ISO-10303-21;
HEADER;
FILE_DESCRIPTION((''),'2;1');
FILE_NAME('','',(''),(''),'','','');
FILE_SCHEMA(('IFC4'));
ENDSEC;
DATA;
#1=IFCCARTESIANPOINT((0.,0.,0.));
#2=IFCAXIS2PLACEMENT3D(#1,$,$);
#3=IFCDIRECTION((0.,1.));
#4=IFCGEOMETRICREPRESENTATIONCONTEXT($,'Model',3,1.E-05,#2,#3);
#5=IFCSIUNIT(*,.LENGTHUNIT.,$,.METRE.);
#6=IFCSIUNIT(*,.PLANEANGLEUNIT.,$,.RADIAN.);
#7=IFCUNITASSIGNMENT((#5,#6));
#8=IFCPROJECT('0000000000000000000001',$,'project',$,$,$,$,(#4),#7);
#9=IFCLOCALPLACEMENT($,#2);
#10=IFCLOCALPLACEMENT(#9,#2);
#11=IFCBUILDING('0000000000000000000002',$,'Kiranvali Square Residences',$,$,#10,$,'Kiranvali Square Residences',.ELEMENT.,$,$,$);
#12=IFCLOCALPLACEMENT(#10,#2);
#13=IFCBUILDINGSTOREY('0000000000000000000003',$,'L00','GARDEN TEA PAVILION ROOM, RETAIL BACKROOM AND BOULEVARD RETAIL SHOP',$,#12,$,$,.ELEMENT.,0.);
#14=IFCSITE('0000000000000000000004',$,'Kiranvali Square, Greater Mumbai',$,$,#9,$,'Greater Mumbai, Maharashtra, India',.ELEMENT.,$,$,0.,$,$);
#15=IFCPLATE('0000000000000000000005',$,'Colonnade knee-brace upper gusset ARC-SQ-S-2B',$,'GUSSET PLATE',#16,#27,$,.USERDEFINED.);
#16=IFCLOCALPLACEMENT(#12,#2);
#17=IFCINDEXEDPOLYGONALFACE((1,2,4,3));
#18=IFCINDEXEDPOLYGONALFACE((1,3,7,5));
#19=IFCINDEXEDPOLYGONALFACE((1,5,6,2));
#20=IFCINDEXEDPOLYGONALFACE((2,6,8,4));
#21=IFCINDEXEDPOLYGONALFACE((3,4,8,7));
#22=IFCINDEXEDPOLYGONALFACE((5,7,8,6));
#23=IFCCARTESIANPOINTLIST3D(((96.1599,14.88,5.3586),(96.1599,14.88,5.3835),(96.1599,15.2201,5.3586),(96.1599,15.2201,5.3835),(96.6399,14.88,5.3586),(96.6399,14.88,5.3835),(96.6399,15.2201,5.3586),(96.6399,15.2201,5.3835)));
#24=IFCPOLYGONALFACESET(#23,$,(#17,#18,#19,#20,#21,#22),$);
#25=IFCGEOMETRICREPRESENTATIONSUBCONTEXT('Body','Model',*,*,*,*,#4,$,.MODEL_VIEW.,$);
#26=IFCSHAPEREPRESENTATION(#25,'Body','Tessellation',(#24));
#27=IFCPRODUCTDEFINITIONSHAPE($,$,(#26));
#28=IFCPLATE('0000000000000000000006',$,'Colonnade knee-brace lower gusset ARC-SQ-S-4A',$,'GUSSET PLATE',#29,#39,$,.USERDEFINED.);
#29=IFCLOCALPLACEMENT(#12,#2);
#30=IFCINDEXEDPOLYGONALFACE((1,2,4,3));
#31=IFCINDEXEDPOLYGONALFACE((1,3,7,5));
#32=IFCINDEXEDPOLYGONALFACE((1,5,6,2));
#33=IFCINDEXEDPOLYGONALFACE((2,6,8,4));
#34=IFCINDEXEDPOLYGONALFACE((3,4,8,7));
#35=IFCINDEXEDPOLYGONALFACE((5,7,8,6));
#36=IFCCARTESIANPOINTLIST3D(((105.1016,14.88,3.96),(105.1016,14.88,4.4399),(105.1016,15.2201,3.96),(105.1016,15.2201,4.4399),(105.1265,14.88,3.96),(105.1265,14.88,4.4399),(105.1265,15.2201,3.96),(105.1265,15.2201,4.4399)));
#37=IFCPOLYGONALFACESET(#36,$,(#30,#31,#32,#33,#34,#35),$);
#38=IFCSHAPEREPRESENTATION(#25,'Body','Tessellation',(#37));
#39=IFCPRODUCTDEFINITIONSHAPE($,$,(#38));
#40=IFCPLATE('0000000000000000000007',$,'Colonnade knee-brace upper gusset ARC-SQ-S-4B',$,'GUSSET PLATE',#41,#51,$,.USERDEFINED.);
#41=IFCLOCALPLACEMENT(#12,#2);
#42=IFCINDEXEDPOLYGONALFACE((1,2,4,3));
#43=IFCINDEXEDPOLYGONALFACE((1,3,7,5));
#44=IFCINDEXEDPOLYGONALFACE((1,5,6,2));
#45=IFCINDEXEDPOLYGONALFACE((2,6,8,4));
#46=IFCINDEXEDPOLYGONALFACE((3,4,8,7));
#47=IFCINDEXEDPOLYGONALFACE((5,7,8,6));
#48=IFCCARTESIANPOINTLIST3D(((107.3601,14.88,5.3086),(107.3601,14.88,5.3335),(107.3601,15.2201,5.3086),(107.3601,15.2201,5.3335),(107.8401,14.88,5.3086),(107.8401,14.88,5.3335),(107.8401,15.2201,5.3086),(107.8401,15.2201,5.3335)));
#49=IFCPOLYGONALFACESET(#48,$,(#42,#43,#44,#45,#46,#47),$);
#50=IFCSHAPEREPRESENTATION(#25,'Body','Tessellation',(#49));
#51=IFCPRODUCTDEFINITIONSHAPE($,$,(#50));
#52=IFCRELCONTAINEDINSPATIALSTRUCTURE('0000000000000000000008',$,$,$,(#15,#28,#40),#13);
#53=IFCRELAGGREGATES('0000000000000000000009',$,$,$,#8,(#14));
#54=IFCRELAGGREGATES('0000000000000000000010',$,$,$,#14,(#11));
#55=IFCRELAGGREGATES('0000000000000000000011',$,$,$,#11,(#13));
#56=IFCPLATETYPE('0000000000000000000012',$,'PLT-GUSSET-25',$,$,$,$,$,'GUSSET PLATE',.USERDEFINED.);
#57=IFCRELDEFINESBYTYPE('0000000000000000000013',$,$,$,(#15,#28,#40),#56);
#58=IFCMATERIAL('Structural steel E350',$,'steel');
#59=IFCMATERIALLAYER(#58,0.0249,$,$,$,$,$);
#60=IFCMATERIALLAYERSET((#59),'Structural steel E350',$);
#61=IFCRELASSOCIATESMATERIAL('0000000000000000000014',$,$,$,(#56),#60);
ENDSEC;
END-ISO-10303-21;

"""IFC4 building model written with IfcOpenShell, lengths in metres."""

from ifc_helpers import new_model, si_unit, direction, frame, origin, origin_2d, place, context, subcontext, project, spatial, rectangle, extrude, material, layer, layer_set, type_object, element, save


model = new_model("IFC4")

# Units and contexts
model_context = context("Model", 3, precision=1e-05, world=origin(), true_north=direction((0.0, 1.0)))
body_context = subcontext(model_context, "Body", "Model", "MODEL_VIEW")
ifc_project = project(units=[si_unit("LENGTHUNIT", "METRE"), si_unit("PLANEANGLEUNIT", "RADIAN")], contexts=[model_context])

# Site, building, storey
site_placement = place(None, origin())
site = spatial("IfcSite", under=ifc_project, at=site_placement, Name="Kiranvali Square, Greater Mumbai", LongName="Greater Mumbai, Maharashtra, India", CompositionType="ELEMENT", RefElevation=0.0)
building_placement = place(site_placement, origin())
building = spatial("IfcBuilding", under=site, at=building_placement, Name="Kiranvali Square Residences", LongName="Kiranvali Square Residences", CompositionType="ELEMENT")
storey_placement = place(building_placement, origin())
storey = spatial("IfcBuildingStorey", under=building, at=storey_placement, Name="L00", Description="GARDEN TEA PAVILION ROOM, RETAIL BACKROOM AND BOULEVARD RETAIL SHOP", CompositionType="ELEMENT", Elevation=0.0)

# Shared definitions
ifc_material_1 = material(Name="Structural steel E350", Category="steel")

# Plates
ifc_layer_1 = layer(ifc_material_1, 0.0249)
ifc_layer_set_1 = layer_set([ifc_layer_1], Name="Structural steel E350")
plate_type_1 = type_object("IfcPlateType", Name="PLT-GUSSET-25", ElementType="GUSSET PLATE", PredefinedType="USERDEFINED", material=ifc_layer_set_1)
plate_1_placement = place(storey_placement, frame((96.3999, 15.05, 5.3586), z_axis=(0.0, 0.0, 1.0), x_axis=(1.0, 0.0, 0.0)))
element("IfcPlate", 1, at=plate_1_placement, inside=storey, type_object=plate_type_1, Name="Colonnade knee-brace upper gusset ARC-SQ-S-2B", ObjectType="GUSSET PLATE", PredefinedType="USERDEFINED", context=body_context, shape_type="SweptSolid", body=[
    extrude(rectangle(XDim=0.48, YDim=0.3401, at=origin_2d()), origin(), (0.0, 0.0, 1.0), 0.0249),
])
plate_2_placement = place(storey_placement, frame((105.114, 15.05, 3.96), z_axis=(0.0, 0.0, 1.0), x_axis=(1.0, 0.0, 0.0)))
element("IfcPlate", 2, at=plate_2_placement, inside=storey, type_object=plate_type_1, Name="Colonnade knee-brace lower gusset ARC-SQ-S-4A", ObjectType="GUSSET PLATE", PredefinedType="USERDEFINED", context=body_context, shape_type="SweptSolid", body=[
    extrude(rectangle(XDim=0.0249, YDim=0.3401, at=origin_2d()), origin(), (0.0, 0.0, 1.0), 0.48),
])
plate_3_placement = place(storey_placement, frame((107.6001, 15.05, 5.3086), z_axis=(0.0, 0.0, 1.0), x_axis=(1.0, 0.0, 0.0)))
element("IfcPlate", 3, at=plate_3_placement, inside=storey, type_object=plate_type_1, Name="Colonnade knee-brace upper gusset ARC-SQ-S-4B", ObjectType="GUSSET PLATE", PredefinedType="USERDEFINED", context=body_context, shape_type="SweptSolid", body=[
    extrude(rectangle(XDim=0.48, YDim=0.3401, at=origin_2d()), origin(), (0.0, 0.0, 1.0), 0.0249),
])

save(model, "model.ifc")
